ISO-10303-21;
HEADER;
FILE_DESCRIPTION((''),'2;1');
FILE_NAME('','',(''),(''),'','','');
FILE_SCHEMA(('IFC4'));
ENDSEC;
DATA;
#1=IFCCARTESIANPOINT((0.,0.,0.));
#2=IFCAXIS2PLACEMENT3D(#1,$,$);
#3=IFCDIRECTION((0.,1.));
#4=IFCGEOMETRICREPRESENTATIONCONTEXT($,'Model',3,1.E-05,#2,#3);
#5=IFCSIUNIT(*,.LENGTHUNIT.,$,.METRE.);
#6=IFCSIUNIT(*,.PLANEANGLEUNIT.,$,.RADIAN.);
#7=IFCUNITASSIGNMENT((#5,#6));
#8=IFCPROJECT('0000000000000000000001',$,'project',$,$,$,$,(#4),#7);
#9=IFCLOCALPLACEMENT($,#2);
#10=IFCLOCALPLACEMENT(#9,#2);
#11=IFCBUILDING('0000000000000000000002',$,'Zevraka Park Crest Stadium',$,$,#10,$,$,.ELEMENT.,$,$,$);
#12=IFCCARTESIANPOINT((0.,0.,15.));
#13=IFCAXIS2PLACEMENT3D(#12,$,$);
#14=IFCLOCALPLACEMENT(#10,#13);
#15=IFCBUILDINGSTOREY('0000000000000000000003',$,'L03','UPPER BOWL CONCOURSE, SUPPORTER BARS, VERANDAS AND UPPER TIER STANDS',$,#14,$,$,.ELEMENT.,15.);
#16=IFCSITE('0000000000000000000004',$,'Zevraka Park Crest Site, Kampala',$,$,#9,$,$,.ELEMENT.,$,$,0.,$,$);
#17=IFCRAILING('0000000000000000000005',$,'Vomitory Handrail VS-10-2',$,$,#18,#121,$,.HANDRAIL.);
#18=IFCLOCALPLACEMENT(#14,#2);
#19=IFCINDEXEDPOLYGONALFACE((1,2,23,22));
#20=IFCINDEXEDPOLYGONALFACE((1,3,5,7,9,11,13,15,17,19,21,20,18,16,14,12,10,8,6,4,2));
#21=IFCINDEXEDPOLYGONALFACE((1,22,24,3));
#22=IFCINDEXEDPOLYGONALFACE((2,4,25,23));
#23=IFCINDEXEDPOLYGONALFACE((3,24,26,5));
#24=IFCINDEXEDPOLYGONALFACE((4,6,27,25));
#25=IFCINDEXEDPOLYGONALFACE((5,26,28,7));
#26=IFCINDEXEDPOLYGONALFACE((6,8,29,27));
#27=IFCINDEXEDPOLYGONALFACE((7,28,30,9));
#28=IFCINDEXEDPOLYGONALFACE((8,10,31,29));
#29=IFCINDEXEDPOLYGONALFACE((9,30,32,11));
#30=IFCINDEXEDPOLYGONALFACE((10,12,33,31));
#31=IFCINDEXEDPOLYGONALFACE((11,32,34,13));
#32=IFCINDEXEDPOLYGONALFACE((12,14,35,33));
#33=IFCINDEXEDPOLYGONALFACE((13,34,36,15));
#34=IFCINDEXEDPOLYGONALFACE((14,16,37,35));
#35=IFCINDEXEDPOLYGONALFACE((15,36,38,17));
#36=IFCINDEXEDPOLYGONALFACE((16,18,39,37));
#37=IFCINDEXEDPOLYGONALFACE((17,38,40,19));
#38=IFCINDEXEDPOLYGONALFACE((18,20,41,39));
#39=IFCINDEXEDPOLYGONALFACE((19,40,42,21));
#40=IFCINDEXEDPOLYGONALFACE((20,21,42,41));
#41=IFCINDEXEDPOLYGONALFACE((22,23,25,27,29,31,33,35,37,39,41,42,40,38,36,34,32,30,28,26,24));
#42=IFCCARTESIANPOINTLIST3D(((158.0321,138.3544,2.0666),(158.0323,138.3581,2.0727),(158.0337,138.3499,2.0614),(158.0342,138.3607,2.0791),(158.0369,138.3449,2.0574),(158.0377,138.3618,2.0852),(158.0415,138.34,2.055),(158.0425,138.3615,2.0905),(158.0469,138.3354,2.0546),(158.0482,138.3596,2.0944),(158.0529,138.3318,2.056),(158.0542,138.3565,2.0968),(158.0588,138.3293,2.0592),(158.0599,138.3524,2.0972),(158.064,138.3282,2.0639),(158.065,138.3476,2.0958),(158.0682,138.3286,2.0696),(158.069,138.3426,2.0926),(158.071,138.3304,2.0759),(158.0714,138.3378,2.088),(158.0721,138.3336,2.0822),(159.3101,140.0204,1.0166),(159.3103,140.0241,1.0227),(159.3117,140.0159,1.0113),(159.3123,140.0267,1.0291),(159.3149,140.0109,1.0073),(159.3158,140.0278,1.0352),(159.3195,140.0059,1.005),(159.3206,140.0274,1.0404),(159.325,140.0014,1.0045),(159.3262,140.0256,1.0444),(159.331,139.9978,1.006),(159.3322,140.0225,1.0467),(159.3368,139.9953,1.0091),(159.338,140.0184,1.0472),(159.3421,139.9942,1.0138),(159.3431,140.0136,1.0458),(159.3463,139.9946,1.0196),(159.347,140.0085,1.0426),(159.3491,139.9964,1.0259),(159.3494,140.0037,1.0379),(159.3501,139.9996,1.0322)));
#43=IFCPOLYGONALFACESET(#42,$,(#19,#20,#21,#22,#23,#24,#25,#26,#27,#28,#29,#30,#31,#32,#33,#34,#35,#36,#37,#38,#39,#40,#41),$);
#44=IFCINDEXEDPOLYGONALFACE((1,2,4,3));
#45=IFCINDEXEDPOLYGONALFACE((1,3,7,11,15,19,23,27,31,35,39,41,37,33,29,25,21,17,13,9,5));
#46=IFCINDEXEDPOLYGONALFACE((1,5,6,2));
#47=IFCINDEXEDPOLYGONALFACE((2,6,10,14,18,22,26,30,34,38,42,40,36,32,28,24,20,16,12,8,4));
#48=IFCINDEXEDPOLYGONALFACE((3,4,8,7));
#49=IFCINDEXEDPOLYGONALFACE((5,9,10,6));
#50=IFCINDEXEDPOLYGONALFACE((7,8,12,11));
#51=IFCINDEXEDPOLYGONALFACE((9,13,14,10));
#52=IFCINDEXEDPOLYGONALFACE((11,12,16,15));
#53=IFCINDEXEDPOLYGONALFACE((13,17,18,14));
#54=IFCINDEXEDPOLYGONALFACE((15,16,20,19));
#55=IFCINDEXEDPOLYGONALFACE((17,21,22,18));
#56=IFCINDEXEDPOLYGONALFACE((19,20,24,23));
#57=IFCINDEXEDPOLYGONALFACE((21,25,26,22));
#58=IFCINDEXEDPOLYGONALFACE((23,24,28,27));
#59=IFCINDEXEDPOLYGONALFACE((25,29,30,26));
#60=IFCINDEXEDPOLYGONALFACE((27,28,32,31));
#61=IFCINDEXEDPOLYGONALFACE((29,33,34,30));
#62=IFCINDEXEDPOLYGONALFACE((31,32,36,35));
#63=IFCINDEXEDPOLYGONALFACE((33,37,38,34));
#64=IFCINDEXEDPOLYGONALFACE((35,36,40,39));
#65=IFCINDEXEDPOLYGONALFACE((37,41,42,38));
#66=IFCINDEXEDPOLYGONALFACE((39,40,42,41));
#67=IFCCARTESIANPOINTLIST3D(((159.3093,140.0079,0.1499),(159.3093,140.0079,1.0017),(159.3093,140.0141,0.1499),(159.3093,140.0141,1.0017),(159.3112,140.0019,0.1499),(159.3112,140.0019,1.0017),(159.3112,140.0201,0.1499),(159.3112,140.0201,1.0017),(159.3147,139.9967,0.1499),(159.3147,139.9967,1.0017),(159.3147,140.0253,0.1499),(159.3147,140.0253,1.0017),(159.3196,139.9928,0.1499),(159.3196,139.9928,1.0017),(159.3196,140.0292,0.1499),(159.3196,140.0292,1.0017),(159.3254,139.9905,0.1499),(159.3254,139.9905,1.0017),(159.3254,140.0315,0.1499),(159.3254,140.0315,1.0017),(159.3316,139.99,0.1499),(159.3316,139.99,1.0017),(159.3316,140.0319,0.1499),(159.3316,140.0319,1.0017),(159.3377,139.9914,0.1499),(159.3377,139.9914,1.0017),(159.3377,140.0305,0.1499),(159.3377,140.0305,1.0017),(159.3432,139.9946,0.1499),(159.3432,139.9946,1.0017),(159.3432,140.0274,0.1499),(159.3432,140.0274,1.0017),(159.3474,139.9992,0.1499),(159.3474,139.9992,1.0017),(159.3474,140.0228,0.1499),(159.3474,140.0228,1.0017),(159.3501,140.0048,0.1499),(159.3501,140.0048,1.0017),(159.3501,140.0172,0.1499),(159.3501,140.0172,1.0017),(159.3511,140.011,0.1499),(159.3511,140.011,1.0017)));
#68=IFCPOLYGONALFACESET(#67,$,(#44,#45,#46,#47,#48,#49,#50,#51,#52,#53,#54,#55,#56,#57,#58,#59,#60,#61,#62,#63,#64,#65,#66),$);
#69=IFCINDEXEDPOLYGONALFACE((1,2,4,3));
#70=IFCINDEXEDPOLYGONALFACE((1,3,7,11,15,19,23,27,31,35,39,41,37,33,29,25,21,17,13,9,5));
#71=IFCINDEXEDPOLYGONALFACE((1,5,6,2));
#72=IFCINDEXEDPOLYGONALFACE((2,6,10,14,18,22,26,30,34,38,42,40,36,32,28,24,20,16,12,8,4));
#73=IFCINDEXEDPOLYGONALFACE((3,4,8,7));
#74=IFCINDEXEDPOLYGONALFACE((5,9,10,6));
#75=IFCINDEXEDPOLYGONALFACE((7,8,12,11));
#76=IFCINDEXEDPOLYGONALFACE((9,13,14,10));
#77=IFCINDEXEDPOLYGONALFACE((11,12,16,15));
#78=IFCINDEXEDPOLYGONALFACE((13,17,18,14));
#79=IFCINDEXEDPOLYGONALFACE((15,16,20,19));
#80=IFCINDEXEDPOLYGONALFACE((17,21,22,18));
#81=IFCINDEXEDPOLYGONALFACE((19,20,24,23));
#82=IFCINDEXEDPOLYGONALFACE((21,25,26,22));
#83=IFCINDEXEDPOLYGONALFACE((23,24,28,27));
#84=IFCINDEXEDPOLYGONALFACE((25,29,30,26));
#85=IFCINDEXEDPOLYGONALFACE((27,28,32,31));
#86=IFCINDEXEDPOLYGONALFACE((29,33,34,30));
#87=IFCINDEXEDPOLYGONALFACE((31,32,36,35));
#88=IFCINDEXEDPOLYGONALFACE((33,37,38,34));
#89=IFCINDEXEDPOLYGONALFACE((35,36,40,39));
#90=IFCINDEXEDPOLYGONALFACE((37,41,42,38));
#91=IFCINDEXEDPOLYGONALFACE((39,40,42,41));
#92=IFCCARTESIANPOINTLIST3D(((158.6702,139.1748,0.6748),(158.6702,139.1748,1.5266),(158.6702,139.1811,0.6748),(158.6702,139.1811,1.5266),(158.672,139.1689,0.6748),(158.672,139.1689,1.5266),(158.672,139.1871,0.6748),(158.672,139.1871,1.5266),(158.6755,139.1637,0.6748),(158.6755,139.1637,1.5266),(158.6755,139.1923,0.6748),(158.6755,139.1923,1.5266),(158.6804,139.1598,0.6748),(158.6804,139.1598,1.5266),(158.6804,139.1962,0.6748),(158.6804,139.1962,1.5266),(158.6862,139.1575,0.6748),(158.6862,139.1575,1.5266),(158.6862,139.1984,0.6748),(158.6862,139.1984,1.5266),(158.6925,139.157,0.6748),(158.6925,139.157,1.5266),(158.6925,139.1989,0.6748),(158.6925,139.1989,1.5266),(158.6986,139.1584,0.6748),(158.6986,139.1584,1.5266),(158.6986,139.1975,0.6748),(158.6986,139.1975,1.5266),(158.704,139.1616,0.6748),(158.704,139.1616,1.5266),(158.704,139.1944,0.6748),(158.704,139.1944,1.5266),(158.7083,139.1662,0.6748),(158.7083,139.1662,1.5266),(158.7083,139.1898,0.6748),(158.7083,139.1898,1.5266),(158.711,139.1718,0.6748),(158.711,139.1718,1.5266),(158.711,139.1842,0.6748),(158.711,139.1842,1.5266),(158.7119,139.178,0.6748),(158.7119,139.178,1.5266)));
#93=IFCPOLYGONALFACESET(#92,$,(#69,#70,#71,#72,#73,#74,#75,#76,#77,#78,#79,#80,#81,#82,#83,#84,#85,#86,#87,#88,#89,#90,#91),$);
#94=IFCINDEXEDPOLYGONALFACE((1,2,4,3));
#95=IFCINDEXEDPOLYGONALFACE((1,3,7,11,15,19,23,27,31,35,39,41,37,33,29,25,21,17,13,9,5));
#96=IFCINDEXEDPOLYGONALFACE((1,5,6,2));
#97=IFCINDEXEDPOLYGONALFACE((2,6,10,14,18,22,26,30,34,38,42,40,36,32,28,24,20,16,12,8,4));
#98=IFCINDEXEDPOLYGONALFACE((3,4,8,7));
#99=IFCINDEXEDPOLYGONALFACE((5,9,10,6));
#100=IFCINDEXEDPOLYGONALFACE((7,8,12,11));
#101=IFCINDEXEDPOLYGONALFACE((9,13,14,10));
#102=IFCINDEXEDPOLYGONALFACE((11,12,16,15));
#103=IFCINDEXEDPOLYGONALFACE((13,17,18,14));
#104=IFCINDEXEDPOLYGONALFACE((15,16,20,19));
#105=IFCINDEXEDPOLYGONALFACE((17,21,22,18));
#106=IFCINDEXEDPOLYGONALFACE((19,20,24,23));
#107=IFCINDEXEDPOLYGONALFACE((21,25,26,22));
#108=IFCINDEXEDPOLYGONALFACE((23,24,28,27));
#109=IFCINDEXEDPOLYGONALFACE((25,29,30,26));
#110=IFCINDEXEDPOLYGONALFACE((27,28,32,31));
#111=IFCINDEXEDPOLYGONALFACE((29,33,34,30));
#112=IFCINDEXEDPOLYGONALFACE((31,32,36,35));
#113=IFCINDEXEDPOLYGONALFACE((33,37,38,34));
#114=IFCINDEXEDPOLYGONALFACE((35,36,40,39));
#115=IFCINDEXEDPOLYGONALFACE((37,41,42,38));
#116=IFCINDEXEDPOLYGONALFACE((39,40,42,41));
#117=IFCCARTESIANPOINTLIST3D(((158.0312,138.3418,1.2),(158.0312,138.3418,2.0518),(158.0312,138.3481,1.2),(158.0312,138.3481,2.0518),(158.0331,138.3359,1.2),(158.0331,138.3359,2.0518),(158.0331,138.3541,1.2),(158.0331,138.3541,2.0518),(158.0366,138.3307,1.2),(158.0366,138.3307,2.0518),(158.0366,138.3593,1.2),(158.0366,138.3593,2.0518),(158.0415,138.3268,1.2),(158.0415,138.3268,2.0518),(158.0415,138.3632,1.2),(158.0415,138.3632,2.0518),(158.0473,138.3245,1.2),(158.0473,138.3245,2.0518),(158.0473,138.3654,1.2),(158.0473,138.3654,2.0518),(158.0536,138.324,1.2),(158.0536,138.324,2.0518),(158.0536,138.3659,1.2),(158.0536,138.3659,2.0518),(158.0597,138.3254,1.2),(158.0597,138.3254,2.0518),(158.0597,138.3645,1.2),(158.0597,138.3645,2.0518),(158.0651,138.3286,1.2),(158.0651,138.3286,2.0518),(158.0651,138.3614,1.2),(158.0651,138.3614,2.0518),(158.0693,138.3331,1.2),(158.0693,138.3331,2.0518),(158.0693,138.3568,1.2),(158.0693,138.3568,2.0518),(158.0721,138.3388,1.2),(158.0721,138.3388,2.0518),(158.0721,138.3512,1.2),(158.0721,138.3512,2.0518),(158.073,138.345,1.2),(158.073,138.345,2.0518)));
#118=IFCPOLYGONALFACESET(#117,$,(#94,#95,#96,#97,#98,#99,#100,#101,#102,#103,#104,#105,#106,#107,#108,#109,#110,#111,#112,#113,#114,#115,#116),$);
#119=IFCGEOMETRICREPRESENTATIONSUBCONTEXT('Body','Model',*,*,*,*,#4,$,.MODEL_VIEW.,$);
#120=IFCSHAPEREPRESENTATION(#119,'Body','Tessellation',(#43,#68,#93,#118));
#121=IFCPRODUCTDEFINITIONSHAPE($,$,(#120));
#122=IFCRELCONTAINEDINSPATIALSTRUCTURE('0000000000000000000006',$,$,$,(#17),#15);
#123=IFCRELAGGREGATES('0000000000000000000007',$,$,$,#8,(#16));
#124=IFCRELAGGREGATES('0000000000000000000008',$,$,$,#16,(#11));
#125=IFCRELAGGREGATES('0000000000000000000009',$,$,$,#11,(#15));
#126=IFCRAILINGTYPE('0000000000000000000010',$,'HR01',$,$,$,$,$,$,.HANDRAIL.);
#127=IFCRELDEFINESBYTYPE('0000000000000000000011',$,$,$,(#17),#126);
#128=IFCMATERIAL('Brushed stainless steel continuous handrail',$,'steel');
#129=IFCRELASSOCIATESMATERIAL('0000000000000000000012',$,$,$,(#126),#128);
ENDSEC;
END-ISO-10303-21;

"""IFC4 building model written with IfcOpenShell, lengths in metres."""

from ifc_helpers import new_model, si_unit, direction, frame, origin, origin_2d, place, context, subcontext, project, spatial, circle, extrude, material, type_object, element, save


model = new_model("IFC4")

# Units and contexts
model_context = context("Model", 3, precision=1e-05, world=origin(), true_north=direction((0.0, 1.0)))
body_context = subcontext(model_context, "Body", "Model", "MODEL_VIEW")
ifc_project = project(units=[si_unit("LENGTHUNIT", "METRE"), si_unit("PLANEANGLEUNIT", "RADIAN")], contexts=[model_context])

# Site, building, storey
site_placement = place(None, origin())
site = spatial("IfcSite", under=ifc_project, at=site_placement, Name="Zevraka Park Crest Site, Kampala", CompositionType="ELEMENT", RefElevation=0.0)
building_placement = place(site_placement, origin())
building = spatial("IfcBuilding", under=site, at=building_placement, Name="Zevraka Park Crest Stadium", CompositionType="ELEMENT")
storey_placement = place(building_placement, frame((0.0, 0.0, 15.0)))
storey = spatial("IfcBuildingStorey", under=building, at=storey_placement, Name="L03", Description="UPPER BOWL CONCOURSE, SUPPORTER BARS, VERANDAS AND UPPER TIER STANDS", CompositionType="ELEMENT", Elevation=15.0)

# Railing
ifc_material_1 = material(Name="Brushed stainless steel continuous handrail", Category="steel")
railing_type_1 = type_object("IfcRailingType", Name="HR01", PredefinedType="HANDRAIL", material=ifc_material_1)
railing_1_placement = place(storey_placement, frame((159.3301, 140.011, 0.1499)))
element("IfcRailing", 1, at=railing_1_placement, inside=storey, type_object=railing_type_1, Name="Vomitory Handrail VS-10-2", PredefinedType="HANDRAIL", context=body_context, shape_type="SweptSolid", body=[
    extrude(circle(Radius=0.0239, at=origin_2d()), frame((0.0, 0.0, 0.876), z_axis=(-0.544395, -0.709638, 0.447267), x_axis=(0.793423, -0.608671, 0.0)), (0.0, 0.0, 1.0), 2.3477),
    extrude(circle(Radius=0.021, at=origin_2d()), origin(), (0.0, 0.0, 1.0), 0.8518),
    extrude(circle(Radius=0.021, at=origin_2d()), frame((-0.6392, -0.833, 0.5249)), (0.0, 0.0, 1.0), 0.8518),
    extrude(circle(Radius=0.021, at=origin_2d()), frame((-1.2781, -1.666, 1.05)), (0.0, 0.0, 1.0), 0.8518),
])

save(model, "model.ifc")
